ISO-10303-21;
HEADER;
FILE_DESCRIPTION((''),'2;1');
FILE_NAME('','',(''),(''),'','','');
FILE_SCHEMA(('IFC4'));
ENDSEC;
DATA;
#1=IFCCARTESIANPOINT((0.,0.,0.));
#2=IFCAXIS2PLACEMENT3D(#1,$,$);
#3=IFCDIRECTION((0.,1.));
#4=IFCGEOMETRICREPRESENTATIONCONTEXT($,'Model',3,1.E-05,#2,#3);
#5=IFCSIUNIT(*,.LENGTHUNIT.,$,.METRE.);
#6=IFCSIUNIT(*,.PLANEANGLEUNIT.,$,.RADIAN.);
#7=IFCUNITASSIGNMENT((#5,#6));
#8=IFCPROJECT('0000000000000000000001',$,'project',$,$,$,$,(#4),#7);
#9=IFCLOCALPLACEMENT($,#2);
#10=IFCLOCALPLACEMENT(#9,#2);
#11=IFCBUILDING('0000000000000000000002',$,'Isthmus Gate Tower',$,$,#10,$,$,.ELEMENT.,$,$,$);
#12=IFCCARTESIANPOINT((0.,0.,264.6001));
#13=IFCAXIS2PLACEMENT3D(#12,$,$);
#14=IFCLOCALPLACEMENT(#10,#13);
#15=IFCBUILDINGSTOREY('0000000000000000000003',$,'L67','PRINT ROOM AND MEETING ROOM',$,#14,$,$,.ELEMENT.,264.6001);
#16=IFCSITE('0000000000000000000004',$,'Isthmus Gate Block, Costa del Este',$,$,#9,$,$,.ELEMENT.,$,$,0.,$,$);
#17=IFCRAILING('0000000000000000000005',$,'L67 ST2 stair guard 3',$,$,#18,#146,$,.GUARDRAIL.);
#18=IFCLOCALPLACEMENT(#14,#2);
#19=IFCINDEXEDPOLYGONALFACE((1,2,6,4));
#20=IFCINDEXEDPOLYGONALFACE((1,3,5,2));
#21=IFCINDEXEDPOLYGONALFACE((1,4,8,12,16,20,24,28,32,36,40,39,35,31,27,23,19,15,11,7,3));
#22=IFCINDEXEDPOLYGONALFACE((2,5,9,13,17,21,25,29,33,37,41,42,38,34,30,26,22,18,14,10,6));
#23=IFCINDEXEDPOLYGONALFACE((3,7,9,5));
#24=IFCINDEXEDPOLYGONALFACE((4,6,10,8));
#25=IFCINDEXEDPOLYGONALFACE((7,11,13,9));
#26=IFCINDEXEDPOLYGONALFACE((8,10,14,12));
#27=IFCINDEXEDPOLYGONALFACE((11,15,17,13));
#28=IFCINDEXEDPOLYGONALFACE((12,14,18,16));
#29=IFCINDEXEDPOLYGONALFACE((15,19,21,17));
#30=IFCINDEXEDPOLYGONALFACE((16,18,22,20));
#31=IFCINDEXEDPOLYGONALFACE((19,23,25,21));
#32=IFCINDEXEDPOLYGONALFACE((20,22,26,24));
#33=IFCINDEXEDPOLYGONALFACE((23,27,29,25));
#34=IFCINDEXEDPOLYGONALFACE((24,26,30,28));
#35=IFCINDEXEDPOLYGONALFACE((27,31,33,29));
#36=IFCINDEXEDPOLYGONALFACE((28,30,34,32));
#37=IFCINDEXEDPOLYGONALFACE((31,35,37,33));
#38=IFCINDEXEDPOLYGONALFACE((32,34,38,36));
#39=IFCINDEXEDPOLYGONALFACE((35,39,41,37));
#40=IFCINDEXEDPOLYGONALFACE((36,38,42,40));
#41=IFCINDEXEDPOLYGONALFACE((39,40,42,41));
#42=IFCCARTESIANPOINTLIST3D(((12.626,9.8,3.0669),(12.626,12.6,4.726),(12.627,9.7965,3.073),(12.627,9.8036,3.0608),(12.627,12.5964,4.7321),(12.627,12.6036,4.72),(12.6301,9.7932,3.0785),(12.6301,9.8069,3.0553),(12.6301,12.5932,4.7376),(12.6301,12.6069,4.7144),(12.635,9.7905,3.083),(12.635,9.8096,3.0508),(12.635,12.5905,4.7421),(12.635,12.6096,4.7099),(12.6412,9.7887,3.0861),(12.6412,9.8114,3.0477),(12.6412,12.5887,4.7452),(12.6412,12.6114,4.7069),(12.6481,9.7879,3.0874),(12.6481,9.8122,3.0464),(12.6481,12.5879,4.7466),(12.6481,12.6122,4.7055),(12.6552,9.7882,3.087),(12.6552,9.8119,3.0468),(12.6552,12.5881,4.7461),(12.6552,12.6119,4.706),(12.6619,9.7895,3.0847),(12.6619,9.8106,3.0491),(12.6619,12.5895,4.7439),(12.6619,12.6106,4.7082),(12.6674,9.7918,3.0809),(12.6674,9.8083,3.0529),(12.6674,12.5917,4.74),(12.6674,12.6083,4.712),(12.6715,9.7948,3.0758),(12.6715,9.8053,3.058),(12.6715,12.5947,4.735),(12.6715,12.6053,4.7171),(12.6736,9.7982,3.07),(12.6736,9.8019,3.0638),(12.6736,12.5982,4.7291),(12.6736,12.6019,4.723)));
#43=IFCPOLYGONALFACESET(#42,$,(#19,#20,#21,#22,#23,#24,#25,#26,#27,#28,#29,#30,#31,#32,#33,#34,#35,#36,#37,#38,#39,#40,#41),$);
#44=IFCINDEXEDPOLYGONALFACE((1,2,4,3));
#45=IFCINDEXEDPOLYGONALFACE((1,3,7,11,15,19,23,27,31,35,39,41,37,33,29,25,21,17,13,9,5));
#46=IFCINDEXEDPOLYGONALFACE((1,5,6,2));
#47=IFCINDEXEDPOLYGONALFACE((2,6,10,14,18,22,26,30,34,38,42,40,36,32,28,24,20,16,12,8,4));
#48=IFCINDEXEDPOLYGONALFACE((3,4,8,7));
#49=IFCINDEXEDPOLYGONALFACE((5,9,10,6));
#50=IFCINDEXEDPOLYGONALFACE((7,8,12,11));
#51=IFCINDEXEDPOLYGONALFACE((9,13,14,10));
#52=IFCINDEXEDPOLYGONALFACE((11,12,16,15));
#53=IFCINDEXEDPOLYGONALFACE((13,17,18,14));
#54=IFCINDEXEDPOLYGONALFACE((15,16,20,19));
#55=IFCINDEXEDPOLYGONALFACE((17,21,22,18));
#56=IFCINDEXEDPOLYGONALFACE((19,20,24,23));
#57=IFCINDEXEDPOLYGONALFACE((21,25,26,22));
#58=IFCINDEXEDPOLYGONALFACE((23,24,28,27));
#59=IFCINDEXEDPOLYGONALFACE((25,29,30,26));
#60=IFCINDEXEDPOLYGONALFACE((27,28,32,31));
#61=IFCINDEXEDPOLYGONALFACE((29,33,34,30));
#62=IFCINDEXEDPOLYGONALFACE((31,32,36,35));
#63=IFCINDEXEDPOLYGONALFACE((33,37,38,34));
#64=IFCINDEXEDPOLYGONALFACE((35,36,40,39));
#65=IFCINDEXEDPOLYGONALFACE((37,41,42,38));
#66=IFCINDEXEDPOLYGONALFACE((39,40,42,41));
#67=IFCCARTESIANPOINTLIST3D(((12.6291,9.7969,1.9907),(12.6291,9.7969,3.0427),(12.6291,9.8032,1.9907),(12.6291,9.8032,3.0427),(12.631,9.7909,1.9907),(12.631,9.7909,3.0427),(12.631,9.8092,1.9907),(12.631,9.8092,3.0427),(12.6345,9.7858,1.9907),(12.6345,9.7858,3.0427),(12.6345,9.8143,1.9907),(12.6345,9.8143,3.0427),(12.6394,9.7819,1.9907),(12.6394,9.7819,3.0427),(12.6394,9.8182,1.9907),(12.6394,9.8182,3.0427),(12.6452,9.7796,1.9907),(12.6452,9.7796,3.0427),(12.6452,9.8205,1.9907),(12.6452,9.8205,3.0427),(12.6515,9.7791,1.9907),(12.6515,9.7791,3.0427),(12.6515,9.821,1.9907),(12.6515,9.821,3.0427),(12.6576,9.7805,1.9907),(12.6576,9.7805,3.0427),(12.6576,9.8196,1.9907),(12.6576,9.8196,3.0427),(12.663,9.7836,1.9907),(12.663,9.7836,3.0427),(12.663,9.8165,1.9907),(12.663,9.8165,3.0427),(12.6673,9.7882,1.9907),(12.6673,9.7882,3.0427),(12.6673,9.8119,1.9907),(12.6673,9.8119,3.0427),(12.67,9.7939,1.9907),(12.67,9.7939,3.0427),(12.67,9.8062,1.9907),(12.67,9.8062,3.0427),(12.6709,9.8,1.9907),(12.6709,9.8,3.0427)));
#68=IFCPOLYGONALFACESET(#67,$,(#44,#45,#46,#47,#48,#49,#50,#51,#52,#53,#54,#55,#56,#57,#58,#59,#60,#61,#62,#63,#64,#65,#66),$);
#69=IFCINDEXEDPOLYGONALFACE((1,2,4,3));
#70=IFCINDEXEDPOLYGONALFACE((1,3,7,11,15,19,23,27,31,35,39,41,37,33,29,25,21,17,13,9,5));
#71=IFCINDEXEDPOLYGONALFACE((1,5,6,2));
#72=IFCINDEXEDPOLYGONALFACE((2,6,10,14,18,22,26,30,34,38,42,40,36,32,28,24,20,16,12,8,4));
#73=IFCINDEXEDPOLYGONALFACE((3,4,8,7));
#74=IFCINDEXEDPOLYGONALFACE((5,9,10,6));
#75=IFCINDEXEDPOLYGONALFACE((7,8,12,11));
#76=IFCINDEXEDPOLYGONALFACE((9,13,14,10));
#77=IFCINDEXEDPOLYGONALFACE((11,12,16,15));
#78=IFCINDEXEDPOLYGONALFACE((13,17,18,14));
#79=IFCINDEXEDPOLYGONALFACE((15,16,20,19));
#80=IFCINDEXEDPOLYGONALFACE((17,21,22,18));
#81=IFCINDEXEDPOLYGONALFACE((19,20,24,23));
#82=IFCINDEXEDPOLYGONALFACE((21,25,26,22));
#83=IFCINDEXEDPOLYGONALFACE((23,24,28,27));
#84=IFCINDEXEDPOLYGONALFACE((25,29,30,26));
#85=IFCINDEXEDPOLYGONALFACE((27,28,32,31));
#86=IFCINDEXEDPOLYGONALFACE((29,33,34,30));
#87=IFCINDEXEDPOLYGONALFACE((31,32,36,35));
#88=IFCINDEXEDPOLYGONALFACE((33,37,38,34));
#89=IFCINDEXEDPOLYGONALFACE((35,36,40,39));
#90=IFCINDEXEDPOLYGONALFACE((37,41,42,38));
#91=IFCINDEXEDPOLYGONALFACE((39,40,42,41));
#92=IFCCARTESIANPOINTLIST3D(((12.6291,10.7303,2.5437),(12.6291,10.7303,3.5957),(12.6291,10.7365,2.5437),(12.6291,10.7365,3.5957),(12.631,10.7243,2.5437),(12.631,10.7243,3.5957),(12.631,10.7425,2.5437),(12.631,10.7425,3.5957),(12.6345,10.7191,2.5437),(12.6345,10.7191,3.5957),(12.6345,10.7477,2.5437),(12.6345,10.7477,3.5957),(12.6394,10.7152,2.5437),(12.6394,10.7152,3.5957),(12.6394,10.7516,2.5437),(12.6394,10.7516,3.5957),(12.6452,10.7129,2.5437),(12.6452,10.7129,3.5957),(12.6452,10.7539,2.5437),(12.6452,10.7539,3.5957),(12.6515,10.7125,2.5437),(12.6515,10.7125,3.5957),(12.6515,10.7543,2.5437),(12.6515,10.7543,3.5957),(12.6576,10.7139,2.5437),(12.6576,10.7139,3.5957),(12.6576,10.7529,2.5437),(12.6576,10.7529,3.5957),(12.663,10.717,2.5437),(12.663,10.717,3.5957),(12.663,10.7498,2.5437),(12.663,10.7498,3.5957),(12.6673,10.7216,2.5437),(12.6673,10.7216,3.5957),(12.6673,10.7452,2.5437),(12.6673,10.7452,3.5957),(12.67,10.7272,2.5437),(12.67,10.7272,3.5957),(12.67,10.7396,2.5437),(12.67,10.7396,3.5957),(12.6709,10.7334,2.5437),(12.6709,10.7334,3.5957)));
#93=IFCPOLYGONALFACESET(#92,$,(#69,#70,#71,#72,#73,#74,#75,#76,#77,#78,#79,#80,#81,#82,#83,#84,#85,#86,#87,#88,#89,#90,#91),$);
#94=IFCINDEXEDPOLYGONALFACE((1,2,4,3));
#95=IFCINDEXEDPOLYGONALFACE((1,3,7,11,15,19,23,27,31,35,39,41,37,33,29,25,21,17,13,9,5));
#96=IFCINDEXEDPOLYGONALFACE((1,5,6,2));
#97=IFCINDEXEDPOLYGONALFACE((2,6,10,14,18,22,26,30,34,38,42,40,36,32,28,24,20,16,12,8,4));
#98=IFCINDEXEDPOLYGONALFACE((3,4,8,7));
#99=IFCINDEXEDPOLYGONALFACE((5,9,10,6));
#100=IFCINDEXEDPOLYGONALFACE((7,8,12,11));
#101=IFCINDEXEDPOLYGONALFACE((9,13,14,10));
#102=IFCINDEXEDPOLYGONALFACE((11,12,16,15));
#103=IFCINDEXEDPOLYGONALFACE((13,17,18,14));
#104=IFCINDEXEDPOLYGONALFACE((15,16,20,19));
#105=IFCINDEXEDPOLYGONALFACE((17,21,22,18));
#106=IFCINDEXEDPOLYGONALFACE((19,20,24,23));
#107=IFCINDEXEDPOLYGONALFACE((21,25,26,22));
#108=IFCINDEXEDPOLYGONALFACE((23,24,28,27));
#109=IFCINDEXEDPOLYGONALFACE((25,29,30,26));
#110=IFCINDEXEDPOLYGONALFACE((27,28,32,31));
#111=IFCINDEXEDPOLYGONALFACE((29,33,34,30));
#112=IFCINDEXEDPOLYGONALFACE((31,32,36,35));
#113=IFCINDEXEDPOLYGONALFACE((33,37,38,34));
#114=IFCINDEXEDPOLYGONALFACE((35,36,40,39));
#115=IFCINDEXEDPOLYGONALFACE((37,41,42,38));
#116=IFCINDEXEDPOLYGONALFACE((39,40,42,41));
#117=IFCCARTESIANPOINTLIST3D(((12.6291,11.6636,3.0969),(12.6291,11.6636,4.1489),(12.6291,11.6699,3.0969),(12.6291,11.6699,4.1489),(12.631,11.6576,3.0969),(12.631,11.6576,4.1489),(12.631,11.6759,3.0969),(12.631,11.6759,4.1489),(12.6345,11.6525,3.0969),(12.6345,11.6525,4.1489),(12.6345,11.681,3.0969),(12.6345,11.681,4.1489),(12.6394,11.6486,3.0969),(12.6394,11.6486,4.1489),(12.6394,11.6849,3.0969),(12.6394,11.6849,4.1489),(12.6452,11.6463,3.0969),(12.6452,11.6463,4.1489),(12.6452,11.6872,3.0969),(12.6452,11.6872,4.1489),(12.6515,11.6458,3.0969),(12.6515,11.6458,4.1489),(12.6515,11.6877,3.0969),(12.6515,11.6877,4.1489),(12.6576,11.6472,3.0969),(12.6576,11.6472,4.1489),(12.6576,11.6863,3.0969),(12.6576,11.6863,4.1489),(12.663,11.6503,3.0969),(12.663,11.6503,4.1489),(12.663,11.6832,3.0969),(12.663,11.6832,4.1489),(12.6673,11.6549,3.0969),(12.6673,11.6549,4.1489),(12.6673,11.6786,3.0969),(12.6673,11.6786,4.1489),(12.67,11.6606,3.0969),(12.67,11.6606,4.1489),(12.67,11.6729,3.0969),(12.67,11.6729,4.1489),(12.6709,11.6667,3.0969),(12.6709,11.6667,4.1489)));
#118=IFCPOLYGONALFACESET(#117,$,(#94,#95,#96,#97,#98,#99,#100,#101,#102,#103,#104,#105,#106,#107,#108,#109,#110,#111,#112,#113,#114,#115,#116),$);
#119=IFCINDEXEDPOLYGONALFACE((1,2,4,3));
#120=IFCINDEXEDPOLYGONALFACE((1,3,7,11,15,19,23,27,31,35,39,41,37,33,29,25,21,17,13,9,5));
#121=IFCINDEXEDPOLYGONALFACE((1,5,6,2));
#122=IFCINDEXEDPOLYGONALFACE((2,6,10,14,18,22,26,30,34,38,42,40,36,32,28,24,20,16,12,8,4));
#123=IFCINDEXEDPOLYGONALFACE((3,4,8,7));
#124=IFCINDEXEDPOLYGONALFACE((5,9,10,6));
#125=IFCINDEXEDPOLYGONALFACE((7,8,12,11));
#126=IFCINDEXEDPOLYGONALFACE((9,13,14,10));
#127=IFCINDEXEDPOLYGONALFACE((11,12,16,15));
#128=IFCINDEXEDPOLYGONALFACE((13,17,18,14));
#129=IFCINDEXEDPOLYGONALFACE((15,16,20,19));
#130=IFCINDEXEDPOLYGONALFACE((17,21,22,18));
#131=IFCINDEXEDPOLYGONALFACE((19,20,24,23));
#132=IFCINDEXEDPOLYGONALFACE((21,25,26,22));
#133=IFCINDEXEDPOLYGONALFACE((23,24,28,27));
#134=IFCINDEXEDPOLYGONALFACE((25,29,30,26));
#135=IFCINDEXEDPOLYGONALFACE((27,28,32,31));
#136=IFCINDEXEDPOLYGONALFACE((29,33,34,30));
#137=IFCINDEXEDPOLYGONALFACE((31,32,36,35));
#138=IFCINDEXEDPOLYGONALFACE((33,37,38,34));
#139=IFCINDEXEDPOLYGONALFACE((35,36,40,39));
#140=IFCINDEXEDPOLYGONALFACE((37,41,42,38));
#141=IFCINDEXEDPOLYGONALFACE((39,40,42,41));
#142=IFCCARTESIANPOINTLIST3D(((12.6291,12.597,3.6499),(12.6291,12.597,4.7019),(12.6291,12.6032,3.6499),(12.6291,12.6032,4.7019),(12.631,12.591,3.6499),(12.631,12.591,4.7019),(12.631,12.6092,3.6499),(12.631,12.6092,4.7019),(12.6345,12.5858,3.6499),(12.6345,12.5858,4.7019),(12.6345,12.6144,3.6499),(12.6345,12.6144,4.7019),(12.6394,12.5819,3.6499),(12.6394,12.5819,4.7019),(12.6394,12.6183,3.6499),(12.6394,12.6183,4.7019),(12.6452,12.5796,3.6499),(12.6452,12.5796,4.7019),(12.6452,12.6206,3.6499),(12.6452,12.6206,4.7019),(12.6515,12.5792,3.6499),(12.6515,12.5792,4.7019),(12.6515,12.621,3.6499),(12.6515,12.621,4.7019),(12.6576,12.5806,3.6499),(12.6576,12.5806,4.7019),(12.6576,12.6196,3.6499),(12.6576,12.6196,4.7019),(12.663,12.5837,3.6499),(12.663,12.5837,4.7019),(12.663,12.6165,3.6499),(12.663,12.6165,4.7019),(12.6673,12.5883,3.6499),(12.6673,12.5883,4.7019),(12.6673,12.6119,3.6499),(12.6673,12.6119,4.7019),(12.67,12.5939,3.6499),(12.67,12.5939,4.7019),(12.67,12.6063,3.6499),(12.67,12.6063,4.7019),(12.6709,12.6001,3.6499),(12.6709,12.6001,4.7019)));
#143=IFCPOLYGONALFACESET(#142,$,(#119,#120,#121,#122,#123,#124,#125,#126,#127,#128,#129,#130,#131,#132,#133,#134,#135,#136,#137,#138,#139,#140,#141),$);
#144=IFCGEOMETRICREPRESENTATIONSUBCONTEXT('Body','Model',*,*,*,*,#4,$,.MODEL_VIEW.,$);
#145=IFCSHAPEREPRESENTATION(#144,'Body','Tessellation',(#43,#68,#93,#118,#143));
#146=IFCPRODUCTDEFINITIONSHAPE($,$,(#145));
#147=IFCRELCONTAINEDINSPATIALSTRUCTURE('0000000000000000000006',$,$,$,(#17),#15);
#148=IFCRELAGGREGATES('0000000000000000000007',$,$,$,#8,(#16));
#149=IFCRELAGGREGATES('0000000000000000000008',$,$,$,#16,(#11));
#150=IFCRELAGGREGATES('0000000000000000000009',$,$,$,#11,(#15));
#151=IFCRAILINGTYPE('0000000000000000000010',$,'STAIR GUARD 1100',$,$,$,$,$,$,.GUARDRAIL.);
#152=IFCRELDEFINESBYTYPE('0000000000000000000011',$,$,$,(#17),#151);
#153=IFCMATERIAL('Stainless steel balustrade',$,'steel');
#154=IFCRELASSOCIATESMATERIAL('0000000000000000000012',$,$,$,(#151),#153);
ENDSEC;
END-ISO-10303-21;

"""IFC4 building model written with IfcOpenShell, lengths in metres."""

from ifc_helpers import new_model, si_unit, direction, frame, origin, origin_2d, place, context, subcontext, project, spatial, circle, extrude, material, type_object, element, save


model = new_model("IFC4")

# Units and contexts
model_context = context("Model", 3, precision=1e-05, world=origin(), true_north=direction((0.0, 1.0)))
body_context = subcontext(model_context, "Body", "Model", "MODEL_VIEW")
ifc_project = project(units=[si_unit("LENGTHUNIT", "METRE"), si_unit("PLANEANGLEUNIT", "RADIAN")], contexts=[model_context])

# Site, building, storey
site_placement = place(None, origin())
site = spatial("IfcSite", under=ifc_project, at=site_placement, Name="Isthmus Gate Block, Costa del Este", CompositionType="ELEMENT", RefElevation=0.0)
building_placement = place(site_placement, origin())
building = spatial("IfcBuilding", under=site, at=building_placement, Name="Isthmus Gate Tower", CompositionType="ELEMENT")
storey_placement = place(building_placement, frame((0.0, 0.0, 264.6001)))
storey = spatial("IfcBuildingStorey", under=building, at=storey_placement, Name="L67", Description="PRINT ROOM AND MEETING ROOM", CompositionType="ELEMENT", Elevation=264.6001)

# Railing
ifc_material_1 = material(Name="Stainless steel balustrade", Category="steel")
railing_type_1 = type_object("IfcRailingType", Name="STAIR GUARD 1100", PredefinedType="GUARDRAIL", material=ifc_material_1)
railing_1_placement = place(storey_placement, frame((12.6499, 9.8, 1.9907)))
element("IfcRailing", 1, at=railing_1_placement, inside=storey, type_object=railing_type_1, Name="L67 ST2 stair guard 3", PredefinedType="GUARDRAIL", context=body_context, shape_type="SweptSolid", body=[
    extrude(circle(Radius=0.0239, at=origin_2d()), frame((0.0, 0.0, 1.0762), z_axis=(0.0, 0.860306, 0.509778), x_axis=(-1.0, 0.0, 0.0)), (0.0, 0.0, 1.0), 3.2546),
    extrude(circle(Radius=0.021, at=origin_2d()), origin(), (0.0, 0.0, 1.0), 1.052),
    extrude(circle(Radius=0.021, at=origin_2d()), frame((0.0, 0.9333, 0.553)), (0.0, 0.0, 1.0), 1.052),
    extrude(circle(Radius=0.021, at=origin_2d()), frame((0.0, 1.8667, 1.1062)), (0.0, 0.0, 1.0), 1.052),
    extrude(circle(Radius=0.021, at=origin_2d()), frame((0.0, 2.8, 1.6592)), (0.0, 0.0, 1.0), 1.052),
])

save(model, "model.ifc")
